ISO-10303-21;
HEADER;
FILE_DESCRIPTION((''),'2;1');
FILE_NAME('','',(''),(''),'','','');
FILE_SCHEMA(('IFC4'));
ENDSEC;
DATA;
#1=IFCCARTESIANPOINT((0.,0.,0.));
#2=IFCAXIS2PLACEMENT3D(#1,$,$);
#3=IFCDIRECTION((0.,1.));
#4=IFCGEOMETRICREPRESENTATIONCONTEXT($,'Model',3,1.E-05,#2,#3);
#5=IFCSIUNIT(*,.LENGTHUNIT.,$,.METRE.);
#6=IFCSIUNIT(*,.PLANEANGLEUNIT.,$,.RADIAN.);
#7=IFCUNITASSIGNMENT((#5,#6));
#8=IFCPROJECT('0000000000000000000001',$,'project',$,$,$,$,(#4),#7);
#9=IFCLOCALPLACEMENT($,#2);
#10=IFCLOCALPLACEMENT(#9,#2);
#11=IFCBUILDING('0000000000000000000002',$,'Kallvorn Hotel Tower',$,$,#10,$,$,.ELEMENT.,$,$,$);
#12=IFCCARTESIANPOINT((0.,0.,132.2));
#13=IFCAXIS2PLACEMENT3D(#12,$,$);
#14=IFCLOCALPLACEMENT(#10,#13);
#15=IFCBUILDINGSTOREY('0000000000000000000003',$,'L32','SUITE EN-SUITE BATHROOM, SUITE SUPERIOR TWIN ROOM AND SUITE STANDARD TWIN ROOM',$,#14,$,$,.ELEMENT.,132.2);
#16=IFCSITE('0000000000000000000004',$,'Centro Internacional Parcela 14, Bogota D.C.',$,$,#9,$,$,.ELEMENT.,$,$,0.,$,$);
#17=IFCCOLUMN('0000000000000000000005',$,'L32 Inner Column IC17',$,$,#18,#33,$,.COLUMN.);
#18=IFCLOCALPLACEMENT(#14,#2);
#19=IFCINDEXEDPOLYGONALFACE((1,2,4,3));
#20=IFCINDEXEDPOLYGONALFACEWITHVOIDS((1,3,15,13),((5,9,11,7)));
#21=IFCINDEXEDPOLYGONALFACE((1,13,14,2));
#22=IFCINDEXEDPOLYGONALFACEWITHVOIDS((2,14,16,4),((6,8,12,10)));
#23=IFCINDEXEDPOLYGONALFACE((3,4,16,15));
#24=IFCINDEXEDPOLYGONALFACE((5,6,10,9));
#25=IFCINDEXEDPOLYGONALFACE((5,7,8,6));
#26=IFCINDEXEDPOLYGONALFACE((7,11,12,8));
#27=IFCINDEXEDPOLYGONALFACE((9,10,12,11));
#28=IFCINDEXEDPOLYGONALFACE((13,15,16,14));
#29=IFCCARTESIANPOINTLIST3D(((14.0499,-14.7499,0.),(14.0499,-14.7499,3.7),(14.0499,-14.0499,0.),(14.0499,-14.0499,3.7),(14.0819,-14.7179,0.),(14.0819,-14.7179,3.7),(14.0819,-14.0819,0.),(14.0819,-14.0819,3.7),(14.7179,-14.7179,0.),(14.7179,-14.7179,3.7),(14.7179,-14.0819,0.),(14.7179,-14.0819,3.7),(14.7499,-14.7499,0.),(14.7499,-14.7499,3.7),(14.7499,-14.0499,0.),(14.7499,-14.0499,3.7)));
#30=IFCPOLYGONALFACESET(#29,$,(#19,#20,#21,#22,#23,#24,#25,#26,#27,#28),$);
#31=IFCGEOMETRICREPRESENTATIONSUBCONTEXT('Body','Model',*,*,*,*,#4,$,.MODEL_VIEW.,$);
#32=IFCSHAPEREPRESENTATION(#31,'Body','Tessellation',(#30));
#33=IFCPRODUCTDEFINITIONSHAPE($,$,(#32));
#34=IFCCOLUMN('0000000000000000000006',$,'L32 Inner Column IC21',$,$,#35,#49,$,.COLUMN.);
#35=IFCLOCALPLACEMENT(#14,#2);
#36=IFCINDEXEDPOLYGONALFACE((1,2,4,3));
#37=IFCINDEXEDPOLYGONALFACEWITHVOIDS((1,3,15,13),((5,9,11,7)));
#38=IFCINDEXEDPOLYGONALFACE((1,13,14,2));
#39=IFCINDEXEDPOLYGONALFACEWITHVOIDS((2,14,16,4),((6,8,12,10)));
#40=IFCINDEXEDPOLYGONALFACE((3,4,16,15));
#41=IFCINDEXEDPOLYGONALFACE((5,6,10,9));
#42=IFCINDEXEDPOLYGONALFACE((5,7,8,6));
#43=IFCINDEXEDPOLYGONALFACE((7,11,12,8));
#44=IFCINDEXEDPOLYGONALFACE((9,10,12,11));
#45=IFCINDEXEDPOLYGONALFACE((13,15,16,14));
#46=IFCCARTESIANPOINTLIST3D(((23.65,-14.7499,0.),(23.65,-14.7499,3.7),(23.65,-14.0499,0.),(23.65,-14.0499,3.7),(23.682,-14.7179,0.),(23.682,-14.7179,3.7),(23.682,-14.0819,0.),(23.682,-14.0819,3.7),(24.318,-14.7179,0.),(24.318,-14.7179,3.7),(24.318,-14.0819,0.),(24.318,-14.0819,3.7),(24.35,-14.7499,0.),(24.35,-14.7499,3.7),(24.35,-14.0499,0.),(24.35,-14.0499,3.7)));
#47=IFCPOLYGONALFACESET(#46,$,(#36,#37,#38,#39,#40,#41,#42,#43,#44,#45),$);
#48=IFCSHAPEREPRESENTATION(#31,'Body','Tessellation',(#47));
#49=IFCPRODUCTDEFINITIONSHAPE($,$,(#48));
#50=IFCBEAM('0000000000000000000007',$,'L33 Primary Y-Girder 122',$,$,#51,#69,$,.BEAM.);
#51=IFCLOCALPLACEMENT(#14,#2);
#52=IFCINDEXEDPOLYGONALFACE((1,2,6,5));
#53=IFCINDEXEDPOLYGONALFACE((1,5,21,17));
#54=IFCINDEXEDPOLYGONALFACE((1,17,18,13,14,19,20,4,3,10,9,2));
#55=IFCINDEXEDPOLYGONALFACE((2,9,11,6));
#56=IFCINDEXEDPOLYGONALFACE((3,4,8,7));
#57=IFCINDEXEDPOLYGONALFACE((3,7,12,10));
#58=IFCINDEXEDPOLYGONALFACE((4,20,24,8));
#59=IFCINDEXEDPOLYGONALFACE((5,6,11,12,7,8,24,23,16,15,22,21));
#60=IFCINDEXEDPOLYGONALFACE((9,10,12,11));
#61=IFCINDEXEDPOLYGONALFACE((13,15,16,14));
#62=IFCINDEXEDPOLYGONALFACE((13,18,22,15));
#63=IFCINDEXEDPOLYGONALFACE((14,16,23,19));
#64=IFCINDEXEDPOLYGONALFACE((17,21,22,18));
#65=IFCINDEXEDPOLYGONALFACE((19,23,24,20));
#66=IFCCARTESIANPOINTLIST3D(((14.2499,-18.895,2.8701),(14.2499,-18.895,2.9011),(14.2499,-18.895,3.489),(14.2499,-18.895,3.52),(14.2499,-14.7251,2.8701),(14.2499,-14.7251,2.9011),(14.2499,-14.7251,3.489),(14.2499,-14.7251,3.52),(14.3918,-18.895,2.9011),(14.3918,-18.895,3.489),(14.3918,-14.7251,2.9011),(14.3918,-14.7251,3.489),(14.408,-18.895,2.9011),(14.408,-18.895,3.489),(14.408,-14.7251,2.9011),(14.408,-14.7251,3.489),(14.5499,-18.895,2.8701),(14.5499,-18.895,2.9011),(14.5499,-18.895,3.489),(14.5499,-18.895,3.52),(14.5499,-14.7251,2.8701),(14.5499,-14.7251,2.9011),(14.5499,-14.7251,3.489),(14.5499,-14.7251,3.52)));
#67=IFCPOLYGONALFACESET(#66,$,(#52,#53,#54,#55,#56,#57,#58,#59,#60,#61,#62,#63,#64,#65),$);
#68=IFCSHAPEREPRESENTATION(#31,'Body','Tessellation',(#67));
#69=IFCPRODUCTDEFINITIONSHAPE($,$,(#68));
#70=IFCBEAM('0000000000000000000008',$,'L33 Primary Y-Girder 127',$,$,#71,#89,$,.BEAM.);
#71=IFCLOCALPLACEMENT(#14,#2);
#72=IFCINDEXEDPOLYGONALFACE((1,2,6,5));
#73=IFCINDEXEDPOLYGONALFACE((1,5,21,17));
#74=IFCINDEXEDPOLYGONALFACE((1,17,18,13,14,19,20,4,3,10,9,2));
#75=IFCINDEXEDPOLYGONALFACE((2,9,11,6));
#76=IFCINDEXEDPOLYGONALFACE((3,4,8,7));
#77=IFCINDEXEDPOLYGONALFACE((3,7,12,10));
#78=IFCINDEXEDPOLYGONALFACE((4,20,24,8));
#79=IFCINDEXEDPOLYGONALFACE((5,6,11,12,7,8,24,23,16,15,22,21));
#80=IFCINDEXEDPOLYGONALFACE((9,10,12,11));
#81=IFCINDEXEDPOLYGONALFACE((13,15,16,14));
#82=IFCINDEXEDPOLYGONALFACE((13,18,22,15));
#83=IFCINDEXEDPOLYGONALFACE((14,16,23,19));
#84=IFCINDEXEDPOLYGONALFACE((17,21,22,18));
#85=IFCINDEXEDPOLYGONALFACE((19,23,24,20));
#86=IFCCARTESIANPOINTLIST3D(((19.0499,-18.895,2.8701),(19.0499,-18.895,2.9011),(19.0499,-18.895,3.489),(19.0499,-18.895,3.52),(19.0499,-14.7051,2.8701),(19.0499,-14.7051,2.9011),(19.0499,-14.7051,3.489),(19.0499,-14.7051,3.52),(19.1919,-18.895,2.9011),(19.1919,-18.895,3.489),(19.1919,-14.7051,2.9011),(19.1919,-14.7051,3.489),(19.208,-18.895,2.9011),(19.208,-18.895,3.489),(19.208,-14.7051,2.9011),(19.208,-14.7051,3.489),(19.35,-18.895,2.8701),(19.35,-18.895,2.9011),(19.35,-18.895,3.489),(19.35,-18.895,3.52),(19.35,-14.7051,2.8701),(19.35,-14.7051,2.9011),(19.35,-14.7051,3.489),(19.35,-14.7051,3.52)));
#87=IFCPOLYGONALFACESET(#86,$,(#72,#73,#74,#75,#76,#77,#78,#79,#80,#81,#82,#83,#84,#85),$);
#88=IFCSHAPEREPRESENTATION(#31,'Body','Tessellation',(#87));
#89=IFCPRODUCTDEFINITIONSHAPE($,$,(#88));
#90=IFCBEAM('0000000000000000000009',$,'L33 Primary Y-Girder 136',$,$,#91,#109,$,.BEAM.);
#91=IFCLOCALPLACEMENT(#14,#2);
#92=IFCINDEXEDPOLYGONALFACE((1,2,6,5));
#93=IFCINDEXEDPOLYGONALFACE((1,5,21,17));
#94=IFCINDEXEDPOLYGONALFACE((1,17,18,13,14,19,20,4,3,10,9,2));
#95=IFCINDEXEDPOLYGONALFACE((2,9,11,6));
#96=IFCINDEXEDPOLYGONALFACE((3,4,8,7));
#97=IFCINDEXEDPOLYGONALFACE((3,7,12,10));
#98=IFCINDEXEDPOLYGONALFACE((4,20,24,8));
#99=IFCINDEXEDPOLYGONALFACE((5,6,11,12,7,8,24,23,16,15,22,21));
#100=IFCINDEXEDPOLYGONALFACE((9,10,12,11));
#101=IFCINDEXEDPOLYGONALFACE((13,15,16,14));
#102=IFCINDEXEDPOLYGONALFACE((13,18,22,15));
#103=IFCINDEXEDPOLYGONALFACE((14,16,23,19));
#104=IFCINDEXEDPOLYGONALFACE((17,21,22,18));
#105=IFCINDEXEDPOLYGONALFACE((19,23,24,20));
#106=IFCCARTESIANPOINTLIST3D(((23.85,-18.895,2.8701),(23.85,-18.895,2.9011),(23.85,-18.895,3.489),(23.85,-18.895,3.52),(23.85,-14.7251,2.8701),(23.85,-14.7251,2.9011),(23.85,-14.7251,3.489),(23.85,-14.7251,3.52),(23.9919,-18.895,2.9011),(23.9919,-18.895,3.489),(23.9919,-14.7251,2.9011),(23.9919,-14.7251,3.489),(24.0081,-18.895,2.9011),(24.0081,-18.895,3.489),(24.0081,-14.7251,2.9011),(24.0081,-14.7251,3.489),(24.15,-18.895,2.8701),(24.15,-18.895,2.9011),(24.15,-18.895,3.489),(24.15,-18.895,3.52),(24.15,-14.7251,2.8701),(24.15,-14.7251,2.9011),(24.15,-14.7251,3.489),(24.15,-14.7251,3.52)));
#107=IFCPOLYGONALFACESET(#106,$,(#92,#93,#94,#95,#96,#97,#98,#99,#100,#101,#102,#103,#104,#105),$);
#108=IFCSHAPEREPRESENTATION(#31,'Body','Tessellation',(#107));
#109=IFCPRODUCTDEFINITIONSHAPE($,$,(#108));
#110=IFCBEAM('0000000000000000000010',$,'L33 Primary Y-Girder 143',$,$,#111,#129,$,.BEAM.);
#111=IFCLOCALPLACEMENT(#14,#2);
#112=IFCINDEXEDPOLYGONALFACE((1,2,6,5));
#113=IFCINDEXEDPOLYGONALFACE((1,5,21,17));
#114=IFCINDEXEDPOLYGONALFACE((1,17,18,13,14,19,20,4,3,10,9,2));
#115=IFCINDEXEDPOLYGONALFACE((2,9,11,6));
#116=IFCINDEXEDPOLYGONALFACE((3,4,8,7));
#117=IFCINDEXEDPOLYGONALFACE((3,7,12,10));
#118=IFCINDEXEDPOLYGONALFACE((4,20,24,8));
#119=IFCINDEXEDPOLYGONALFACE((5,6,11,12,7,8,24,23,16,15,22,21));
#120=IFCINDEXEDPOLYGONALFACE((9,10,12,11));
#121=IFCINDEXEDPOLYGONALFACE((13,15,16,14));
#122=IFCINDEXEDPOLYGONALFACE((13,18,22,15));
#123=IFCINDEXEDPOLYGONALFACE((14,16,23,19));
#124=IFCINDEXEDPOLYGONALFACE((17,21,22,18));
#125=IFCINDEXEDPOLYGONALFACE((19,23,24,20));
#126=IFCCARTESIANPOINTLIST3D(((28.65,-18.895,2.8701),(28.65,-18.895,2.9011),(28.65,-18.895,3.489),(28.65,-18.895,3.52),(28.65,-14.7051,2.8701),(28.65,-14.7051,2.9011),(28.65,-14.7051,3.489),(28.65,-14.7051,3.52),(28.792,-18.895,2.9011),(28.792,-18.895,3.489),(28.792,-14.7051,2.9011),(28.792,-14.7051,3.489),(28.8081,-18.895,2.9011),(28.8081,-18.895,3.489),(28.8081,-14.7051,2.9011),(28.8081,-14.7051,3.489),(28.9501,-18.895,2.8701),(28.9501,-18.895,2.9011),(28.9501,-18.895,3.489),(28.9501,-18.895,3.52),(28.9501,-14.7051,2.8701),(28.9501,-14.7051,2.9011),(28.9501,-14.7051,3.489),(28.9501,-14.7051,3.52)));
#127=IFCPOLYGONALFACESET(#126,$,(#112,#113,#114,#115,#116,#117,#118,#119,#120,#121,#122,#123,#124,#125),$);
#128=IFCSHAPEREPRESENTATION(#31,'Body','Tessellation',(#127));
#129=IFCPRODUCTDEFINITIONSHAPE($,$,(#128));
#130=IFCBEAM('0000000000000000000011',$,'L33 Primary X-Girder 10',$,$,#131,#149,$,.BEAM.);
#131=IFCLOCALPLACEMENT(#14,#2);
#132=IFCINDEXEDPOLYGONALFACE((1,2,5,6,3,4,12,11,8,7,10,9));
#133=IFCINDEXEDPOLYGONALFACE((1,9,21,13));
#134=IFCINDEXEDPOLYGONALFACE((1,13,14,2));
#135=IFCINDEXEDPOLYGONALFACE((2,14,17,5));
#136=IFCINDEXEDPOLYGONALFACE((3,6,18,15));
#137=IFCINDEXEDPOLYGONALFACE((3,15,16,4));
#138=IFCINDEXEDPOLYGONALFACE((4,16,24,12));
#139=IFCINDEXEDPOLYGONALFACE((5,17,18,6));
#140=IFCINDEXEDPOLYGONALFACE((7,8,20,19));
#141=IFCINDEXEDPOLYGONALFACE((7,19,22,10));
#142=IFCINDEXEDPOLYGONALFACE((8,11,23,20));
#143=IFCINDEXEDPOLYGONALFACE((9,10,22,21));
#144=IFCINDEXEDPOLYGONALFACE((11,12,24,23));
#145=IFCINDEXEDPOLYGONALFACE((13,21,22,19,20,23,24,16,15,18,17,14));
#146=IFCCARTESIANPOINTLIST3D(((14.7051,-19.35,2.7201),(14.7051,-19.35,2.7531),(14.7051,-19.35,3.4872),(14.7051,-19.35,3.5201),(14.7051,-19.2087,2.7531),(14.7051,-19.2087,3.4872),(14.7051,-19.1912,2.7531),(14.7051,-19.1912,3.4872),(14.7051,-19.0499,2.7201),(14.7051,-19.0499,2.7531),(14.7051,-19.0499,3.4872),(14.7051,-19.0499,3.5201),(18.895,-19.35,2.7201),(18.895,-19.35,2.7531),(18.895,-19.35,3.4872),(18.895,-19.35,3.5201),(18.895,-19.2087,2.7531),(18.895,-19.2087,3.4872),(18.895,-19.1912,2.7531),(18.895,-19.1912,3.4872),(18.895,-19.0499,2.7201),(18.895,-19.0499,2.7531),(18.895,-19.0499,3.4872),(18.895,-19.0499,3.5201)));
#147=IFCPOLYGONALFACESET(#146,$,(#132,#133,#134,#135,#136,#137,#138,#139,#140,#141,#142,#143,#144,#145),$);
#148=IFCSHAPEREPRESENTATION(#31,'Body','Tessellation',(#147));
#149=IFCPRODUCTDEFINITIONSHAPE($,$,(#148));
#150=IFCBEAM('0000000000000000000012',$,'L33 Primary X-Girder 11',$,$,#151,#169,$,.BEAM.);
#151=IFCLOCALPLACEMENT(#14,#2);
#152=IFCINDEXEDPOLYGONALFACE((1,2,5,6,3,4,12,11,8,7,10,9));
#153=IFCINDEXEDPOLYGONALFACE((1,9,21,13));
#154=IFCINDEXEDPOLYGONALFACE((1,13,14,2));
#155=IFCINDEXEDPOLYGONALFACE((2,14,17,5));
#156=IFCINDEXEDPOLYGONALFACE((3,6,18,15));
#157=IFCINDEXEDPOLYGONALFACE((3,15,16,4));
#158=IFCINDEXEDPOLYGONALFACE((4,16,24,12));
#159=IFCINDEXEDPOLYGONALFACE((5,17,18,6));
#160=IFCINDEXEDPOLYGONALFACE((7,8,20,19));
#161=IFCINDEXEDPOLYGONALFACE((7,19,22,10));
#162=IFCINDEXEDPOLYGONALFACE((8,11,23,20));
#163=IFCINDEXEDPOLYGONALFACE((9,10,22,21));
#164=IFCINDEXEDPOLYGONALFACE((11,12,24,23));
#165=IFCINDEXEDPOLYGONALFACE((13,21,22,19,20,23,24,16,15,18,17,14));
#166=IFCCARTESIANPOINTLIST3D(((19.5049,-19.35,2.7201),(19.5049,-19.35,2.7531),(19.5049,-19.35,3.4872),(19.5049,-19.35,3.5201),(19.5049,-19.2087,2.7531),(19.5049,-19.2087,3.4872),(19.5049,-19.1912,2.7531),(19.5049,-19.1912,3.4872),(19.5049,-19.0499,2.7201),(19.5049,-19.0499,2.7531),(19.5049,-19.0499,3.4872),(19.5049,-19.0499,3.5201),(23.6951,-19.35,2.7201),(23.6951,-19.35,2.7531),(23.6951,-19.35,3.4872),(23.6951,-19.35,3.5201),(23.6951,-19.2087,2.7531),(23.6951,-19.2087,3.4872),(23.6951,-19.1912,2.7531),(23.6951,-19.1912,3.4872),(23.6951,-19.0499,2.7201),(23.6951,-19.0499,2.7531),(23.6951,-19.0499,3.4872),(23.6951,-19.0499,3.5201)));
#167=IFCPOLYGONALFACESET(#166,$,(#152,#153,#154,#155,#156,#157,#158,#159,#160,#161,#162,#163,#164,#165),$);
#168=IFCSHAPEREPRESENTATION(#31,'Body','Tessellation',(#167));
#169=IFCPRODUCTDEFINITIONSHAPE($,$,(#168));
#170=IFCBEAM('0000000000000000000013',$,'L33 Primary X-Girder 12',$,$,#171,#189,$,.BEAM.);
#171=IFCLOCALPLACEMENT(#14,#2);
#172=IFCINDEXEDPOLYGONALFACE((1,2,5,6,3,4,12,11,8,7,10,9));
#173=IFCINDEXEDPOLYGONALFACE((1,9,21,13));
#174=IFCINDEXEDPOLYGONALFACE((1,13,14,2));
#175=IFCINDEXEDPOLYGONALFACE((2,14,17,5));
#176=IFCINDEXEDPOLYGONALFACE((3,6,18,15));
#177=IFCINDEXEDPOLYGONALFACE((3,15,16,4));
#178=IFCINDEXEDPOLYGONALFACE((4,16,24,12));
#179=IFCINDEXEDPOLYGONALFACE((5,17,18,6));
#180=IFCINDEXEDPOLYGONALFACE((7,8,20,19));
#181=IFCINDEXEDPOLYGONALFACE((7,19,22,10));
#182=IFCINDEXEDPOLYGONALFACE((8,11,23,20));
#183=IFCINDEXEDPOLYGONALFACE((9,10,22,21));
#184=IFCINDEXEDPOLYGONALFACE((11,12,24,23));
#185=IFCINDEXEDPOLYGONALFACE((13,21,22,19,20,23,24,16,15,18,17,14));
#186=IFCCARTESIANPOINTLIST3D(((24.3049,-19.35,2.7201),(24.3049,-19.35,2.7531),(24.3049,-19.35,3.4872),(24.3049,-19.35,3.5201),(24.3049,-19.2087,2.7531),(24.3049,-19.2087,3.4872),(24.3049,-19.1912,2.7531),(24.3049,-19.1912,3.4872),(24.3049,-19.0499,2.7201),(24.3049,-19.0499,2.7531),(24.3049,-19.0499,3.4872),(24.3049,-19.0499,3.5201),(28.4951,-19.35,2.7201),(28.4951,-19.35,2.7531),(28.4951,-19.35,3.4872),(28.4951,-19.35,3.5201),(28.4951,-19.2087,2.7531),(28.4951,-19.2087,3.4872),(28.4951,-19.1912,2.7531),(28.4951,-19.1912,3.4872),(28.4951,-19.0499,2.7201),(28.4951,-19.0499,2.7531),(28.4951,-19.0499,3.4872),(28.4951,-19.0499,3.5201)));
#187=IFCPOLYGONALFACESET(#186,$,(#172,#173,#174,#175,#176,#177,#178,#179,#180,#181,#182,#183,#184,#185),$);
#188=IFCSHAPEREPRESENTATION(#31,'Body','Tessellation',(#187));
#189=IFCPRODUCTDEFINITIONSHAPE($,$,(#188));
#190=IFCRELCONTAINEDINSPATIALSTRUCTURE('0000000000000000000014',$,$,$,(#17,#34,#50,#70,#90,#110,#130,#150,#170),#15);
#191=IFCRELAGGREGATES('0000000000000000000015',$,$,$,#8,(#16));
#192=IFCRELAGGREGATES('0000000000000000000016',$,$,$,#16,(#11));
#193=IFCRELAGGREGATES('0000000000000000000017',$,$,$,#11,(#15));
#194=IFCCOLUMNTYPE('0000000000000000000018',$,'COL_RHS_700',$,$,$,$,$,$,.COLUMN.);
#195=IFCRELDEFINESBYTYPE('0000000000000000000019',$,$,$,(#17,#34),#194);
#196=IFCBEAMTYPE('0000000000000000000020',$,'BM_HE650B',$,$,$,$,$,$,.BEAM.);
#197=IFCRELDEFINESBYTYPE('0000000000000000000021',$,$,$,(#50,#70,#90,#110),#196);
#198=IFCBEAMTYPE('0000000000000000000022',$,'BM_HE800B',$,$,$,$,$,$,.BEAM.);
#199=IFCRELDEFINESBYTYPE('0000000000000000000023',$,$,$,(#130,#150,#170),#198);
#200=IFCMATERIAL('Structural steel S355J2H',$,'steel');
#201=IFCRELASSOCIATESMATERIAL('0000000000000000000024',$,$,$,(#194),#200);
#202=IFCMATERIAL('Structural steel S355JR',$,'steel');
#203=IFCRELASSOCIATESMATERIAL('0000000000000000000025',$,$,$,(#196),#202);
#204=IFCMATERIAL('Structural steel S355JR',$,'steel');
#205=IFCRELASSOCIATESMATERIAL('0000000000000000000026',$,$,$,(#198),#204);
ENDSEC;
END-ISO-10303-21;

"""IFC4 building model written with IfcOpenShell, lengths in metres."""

from ifc_helpers import new_model, si_unit, direction, frame, origin, origin_2d, place, context, subcontext, project, spatial, hollow_rectangle, i_section, extrude, material, material_profile, profile_set, type_object, element, save


model = new_model("IFC4")

# Units and contexts
model_context = context("Model", 3, precision=1e-05, world=origin(), true_north=direction((0.0, 1.0)))
body_context = subcontext(model_context, "Body", "Model", "MODEL_VIEW")
ifc_project = project(units=[si_unit("LENGTHUNIT", "METRE"), si_unit("PLANEANGLEUNIT", "RADIAN")], contexts=[model_context])

# Site, building, storey
site_placement = place(None, origin())
site = spatial("IfcSite", under=ifc_project, at=site_placement, Name="Centro Internacional Parcela 14, Bogota D.C.", CompositionType="ELEMENT", RefElevation=0.0)
building_placement = place(site_placement, origin())
building = spatial("IfcBuilding", under=site, at=building_placement, Name="Kallvorn Hotel Tower", CompositionType="ELEMENT")
storey_placement = place(building_placement, frame((0.0, 0.0, 132.2)))
storey = spatial("IfcBuildingStorey", under=building, at=storey_placement, Name="L32", Description="SUITE EN-SUITE BATHROOM, SUITE SUPERIOR TWIN ROOM AND SUITE STANDARD TWIN ROOM", CompositionType="ELEMENT", Elevation=132.2)

# Columns
ifc_material_1 = material(Name="Structural steel S355J2H", Category="steel")
ifc_material_profile_1 = material_profile(ifc_material_1, hollow_rectangle(XDim=0.7, YDim=0.7, WallThickness=0.032, at=origin_2d()), Name="RHS 700x700x32")
ifc_profile_set_1 = profile_set([ifc_material_profile_1], Name="Structural steel S355J2H")
column_type_1 = type_object("IfcColumnType", Name="COL_RHS_700", PredefinedType="COLUMN", material=ifc_profile_set_1)
for number, where, z_axis, x_axis, name in (
    (1, (14.3999, -14.3999, 0.0), (0.0, 0.0, 1.0), (1.0, 0.0, 0.0), "L32 Inner Column IC17"),
    (2, (24.0, -14.3999, 0.0), (0.0, 0.0, 1.0), (1.0, 0.0, 0.0), "L32 Inner Column IC21"),
):
    element("IfcColumn", number, at=place(storey_placement, frame(where, z_axis=z_axis, x_axis=x_axis)), inside=storey, type_object=column_type_1, Name=name, PredefinedType="COLUMN", context=body_context, shape_type="SweptSolid", body=[
        extrude(hollow_rectangle(XDim=0.7, YDim=0.7, WallThickness=0.032, at=origin_2d()), origin(), (0.0, 0.0, 1.0), 3.7),
    ])

# Beams
ifc_material_2 = material(Name="Structural steel S355JR", Category="steel")
ifc_material_profile_2 = material_profile(ifc_material_2, i_section(OverallWidth=0.3, OverallDepth=0.6499, WebThickness=0.0161, FlangeThickness=0.031, at=origin_2d()), Name="HE 650 B")
ifc_profile_set_2 = profile_set([ifc_material_profile_2], Name="Structural steel S355JR")
beam_type_1 = type_object("IfcBeamType", Name="BM_HE650B", PredefinedType="BEAM", material=ifc_profile_set_2)
beam_1_placement = place(storey_placement, frame((14.3999, -18.895, 3.1951), z_axis=(0.0, 1.0, 0.0), x_axis=(-1.0, 0.0, 0.0)))
element("IfcBeam", 3, at=beam_1_placement, inside=storey, type_object=beam_type_1, Name="L33 Primary Y-Girder 122", PredefinedType="BEAM", context=body_context, shape_type="SweptSolid", body=[
    extrude(i_section(OverallWidth=0.3, OverallDepth=0.6499, WebThickness=0.0161, FlangeThickness=0.031, at=origin_2d()), origin(), (0.0, 0.0, 1.0), 4.1699),
])
beam_2_placement = place(storey_placement, frame((19.2, -18.895, 3.1951), z_axis=(0.0, 1.0, 0.0), x_axis=(-1.0, 0.0, 0.0)))
element("IfcBeam", 4, at=beam_2_placement, inside=storey, type_object=beam_type_1, Name="L33 Primary Y-Girder 127", PredefinedType="BEAM", context=body_context, shape_type="SweptSolid", body=[
    extrude(i_section(OverallWidth=0.3, OverallDepth=0.6499, WebThickness=0.0161, FlangeThickness=0.031, at=origin_2d()), origin(), (0.0, 0.0, 1.0), 4.1899),
])
beam_3_placement = place(storey_placement, frame((24.0, -18.895, 3.1951), z_axis=(0.0, 1.0, 0.0), x_axis=(-1.0, 0.0, 0.0)))
element("IfcBeam", 5, at=beam_3_placement, inside=storey, type_object=beam_type_1, Name="L33 Primary Y-Girder 136", PredefinedType="BEAM", context=body_context, shape_type="SweptSolid", body=[
    extrude(i_section(OverallWidth=0.3, OverallDepth=0.6499, WebThickness=0.0161, FlangeThickness=0.031, at=origin_2d()), origin(), (0.0, 0.0, 1.0), 4.1699),
])
beam_4_placement = place(storey_placement, frame((28.8, -18.895, 3.1951), z_axis=(0.0, 1.0, 0.0), x_axis=(-1.0, 0.0, 0.0)))
element("IfcBeam", 6, at=beam_4_placement, inside=storey, type_object=beam_type_1, Name="L33 Primary Y-Girder 143", PredefinedType="BEAM", context=body_context, shape_type="SweptSolid", body=[
    extrude(i_section(OverallWidth=0.3, OverallDepth=0.6499, WebThickness=0.0161, FlangeThickness=0.031, at=origin_2d()), origin(), (0.0, 0.0, 1.0), 4.1899),
])
ifc_material_3 = material(Name="Structural steel S355JR", Category="steel")
ifc_material_profile_3 = material_profile(ifc_material_3, i_section(OverallWidth=0.3, OverallDepth=0.8, WebThickness=0.0176, FlangeThickness=0.033, at=origin_2d()), Name="HE 800 B")
ifc_profile_set_3 = profile_set([ifc_material_profile_3], Name="Structural steel S355JR")
beam_type_2 = type_object("IfcBeamType", Name="BM_HE800B", PredefinedType="BEAM", material=ifc_profile_set_3)
beam_5_placement = place(storey_placement, frame((14.7051, -19.2, 3.1201), z_axis=(1.0, 0.0, 0.0), x_axis=(0.0, 1.0, 0.0)))
element("IfcBeam", 7, at=beam_5_placement, inside=storey, type_object=beam_type_2, Name="L33 Primary X-Girder 10", PredefinedType="BEAM", context=body_context, shape_type="SweptSolid", body=[
    extrude(i_section(OverallWidth=0.3, OverallDepth=0.8, WebThickness=0.0176, FlangeThickness=0.033, at=origin_2d()), origin(), (0.0, 0.0, 1.0), 4.1899),
])
for number, where, z_axis, x_axis, name in (
    (8, (19.5049, -19.2, 3.1201), (1.0, 0.0, 0.0), (0.0, 1.0, 0.0), "L33 Primary X-Girder 11"),
    (9, (24.3049, -19.2, 3.1201), (1.0, 0.0, 0.0), (0.0, 1.0, 0.0), "L33 Primary X-Girder 12"),
):
    element("IfcBeam", number, at=place(storey_placement, frame(where, z_axis=z_axis, x_axis=x_axis)), inside=storey, type_object=beam_type_2, Name=name, PredefinedType="BEAM", context=body_context, shape_type="SweptSolid", body=[
        extrude(i_section(OverallWidth=0.3, OverallDepth=0.8, WebThickness=0.0176, FlangeThickness=0.033, at=origin_2d()), origin(), (0.0, 0.0, 1.0), 4.1902),
    ])

save(model, "model.ifc")
